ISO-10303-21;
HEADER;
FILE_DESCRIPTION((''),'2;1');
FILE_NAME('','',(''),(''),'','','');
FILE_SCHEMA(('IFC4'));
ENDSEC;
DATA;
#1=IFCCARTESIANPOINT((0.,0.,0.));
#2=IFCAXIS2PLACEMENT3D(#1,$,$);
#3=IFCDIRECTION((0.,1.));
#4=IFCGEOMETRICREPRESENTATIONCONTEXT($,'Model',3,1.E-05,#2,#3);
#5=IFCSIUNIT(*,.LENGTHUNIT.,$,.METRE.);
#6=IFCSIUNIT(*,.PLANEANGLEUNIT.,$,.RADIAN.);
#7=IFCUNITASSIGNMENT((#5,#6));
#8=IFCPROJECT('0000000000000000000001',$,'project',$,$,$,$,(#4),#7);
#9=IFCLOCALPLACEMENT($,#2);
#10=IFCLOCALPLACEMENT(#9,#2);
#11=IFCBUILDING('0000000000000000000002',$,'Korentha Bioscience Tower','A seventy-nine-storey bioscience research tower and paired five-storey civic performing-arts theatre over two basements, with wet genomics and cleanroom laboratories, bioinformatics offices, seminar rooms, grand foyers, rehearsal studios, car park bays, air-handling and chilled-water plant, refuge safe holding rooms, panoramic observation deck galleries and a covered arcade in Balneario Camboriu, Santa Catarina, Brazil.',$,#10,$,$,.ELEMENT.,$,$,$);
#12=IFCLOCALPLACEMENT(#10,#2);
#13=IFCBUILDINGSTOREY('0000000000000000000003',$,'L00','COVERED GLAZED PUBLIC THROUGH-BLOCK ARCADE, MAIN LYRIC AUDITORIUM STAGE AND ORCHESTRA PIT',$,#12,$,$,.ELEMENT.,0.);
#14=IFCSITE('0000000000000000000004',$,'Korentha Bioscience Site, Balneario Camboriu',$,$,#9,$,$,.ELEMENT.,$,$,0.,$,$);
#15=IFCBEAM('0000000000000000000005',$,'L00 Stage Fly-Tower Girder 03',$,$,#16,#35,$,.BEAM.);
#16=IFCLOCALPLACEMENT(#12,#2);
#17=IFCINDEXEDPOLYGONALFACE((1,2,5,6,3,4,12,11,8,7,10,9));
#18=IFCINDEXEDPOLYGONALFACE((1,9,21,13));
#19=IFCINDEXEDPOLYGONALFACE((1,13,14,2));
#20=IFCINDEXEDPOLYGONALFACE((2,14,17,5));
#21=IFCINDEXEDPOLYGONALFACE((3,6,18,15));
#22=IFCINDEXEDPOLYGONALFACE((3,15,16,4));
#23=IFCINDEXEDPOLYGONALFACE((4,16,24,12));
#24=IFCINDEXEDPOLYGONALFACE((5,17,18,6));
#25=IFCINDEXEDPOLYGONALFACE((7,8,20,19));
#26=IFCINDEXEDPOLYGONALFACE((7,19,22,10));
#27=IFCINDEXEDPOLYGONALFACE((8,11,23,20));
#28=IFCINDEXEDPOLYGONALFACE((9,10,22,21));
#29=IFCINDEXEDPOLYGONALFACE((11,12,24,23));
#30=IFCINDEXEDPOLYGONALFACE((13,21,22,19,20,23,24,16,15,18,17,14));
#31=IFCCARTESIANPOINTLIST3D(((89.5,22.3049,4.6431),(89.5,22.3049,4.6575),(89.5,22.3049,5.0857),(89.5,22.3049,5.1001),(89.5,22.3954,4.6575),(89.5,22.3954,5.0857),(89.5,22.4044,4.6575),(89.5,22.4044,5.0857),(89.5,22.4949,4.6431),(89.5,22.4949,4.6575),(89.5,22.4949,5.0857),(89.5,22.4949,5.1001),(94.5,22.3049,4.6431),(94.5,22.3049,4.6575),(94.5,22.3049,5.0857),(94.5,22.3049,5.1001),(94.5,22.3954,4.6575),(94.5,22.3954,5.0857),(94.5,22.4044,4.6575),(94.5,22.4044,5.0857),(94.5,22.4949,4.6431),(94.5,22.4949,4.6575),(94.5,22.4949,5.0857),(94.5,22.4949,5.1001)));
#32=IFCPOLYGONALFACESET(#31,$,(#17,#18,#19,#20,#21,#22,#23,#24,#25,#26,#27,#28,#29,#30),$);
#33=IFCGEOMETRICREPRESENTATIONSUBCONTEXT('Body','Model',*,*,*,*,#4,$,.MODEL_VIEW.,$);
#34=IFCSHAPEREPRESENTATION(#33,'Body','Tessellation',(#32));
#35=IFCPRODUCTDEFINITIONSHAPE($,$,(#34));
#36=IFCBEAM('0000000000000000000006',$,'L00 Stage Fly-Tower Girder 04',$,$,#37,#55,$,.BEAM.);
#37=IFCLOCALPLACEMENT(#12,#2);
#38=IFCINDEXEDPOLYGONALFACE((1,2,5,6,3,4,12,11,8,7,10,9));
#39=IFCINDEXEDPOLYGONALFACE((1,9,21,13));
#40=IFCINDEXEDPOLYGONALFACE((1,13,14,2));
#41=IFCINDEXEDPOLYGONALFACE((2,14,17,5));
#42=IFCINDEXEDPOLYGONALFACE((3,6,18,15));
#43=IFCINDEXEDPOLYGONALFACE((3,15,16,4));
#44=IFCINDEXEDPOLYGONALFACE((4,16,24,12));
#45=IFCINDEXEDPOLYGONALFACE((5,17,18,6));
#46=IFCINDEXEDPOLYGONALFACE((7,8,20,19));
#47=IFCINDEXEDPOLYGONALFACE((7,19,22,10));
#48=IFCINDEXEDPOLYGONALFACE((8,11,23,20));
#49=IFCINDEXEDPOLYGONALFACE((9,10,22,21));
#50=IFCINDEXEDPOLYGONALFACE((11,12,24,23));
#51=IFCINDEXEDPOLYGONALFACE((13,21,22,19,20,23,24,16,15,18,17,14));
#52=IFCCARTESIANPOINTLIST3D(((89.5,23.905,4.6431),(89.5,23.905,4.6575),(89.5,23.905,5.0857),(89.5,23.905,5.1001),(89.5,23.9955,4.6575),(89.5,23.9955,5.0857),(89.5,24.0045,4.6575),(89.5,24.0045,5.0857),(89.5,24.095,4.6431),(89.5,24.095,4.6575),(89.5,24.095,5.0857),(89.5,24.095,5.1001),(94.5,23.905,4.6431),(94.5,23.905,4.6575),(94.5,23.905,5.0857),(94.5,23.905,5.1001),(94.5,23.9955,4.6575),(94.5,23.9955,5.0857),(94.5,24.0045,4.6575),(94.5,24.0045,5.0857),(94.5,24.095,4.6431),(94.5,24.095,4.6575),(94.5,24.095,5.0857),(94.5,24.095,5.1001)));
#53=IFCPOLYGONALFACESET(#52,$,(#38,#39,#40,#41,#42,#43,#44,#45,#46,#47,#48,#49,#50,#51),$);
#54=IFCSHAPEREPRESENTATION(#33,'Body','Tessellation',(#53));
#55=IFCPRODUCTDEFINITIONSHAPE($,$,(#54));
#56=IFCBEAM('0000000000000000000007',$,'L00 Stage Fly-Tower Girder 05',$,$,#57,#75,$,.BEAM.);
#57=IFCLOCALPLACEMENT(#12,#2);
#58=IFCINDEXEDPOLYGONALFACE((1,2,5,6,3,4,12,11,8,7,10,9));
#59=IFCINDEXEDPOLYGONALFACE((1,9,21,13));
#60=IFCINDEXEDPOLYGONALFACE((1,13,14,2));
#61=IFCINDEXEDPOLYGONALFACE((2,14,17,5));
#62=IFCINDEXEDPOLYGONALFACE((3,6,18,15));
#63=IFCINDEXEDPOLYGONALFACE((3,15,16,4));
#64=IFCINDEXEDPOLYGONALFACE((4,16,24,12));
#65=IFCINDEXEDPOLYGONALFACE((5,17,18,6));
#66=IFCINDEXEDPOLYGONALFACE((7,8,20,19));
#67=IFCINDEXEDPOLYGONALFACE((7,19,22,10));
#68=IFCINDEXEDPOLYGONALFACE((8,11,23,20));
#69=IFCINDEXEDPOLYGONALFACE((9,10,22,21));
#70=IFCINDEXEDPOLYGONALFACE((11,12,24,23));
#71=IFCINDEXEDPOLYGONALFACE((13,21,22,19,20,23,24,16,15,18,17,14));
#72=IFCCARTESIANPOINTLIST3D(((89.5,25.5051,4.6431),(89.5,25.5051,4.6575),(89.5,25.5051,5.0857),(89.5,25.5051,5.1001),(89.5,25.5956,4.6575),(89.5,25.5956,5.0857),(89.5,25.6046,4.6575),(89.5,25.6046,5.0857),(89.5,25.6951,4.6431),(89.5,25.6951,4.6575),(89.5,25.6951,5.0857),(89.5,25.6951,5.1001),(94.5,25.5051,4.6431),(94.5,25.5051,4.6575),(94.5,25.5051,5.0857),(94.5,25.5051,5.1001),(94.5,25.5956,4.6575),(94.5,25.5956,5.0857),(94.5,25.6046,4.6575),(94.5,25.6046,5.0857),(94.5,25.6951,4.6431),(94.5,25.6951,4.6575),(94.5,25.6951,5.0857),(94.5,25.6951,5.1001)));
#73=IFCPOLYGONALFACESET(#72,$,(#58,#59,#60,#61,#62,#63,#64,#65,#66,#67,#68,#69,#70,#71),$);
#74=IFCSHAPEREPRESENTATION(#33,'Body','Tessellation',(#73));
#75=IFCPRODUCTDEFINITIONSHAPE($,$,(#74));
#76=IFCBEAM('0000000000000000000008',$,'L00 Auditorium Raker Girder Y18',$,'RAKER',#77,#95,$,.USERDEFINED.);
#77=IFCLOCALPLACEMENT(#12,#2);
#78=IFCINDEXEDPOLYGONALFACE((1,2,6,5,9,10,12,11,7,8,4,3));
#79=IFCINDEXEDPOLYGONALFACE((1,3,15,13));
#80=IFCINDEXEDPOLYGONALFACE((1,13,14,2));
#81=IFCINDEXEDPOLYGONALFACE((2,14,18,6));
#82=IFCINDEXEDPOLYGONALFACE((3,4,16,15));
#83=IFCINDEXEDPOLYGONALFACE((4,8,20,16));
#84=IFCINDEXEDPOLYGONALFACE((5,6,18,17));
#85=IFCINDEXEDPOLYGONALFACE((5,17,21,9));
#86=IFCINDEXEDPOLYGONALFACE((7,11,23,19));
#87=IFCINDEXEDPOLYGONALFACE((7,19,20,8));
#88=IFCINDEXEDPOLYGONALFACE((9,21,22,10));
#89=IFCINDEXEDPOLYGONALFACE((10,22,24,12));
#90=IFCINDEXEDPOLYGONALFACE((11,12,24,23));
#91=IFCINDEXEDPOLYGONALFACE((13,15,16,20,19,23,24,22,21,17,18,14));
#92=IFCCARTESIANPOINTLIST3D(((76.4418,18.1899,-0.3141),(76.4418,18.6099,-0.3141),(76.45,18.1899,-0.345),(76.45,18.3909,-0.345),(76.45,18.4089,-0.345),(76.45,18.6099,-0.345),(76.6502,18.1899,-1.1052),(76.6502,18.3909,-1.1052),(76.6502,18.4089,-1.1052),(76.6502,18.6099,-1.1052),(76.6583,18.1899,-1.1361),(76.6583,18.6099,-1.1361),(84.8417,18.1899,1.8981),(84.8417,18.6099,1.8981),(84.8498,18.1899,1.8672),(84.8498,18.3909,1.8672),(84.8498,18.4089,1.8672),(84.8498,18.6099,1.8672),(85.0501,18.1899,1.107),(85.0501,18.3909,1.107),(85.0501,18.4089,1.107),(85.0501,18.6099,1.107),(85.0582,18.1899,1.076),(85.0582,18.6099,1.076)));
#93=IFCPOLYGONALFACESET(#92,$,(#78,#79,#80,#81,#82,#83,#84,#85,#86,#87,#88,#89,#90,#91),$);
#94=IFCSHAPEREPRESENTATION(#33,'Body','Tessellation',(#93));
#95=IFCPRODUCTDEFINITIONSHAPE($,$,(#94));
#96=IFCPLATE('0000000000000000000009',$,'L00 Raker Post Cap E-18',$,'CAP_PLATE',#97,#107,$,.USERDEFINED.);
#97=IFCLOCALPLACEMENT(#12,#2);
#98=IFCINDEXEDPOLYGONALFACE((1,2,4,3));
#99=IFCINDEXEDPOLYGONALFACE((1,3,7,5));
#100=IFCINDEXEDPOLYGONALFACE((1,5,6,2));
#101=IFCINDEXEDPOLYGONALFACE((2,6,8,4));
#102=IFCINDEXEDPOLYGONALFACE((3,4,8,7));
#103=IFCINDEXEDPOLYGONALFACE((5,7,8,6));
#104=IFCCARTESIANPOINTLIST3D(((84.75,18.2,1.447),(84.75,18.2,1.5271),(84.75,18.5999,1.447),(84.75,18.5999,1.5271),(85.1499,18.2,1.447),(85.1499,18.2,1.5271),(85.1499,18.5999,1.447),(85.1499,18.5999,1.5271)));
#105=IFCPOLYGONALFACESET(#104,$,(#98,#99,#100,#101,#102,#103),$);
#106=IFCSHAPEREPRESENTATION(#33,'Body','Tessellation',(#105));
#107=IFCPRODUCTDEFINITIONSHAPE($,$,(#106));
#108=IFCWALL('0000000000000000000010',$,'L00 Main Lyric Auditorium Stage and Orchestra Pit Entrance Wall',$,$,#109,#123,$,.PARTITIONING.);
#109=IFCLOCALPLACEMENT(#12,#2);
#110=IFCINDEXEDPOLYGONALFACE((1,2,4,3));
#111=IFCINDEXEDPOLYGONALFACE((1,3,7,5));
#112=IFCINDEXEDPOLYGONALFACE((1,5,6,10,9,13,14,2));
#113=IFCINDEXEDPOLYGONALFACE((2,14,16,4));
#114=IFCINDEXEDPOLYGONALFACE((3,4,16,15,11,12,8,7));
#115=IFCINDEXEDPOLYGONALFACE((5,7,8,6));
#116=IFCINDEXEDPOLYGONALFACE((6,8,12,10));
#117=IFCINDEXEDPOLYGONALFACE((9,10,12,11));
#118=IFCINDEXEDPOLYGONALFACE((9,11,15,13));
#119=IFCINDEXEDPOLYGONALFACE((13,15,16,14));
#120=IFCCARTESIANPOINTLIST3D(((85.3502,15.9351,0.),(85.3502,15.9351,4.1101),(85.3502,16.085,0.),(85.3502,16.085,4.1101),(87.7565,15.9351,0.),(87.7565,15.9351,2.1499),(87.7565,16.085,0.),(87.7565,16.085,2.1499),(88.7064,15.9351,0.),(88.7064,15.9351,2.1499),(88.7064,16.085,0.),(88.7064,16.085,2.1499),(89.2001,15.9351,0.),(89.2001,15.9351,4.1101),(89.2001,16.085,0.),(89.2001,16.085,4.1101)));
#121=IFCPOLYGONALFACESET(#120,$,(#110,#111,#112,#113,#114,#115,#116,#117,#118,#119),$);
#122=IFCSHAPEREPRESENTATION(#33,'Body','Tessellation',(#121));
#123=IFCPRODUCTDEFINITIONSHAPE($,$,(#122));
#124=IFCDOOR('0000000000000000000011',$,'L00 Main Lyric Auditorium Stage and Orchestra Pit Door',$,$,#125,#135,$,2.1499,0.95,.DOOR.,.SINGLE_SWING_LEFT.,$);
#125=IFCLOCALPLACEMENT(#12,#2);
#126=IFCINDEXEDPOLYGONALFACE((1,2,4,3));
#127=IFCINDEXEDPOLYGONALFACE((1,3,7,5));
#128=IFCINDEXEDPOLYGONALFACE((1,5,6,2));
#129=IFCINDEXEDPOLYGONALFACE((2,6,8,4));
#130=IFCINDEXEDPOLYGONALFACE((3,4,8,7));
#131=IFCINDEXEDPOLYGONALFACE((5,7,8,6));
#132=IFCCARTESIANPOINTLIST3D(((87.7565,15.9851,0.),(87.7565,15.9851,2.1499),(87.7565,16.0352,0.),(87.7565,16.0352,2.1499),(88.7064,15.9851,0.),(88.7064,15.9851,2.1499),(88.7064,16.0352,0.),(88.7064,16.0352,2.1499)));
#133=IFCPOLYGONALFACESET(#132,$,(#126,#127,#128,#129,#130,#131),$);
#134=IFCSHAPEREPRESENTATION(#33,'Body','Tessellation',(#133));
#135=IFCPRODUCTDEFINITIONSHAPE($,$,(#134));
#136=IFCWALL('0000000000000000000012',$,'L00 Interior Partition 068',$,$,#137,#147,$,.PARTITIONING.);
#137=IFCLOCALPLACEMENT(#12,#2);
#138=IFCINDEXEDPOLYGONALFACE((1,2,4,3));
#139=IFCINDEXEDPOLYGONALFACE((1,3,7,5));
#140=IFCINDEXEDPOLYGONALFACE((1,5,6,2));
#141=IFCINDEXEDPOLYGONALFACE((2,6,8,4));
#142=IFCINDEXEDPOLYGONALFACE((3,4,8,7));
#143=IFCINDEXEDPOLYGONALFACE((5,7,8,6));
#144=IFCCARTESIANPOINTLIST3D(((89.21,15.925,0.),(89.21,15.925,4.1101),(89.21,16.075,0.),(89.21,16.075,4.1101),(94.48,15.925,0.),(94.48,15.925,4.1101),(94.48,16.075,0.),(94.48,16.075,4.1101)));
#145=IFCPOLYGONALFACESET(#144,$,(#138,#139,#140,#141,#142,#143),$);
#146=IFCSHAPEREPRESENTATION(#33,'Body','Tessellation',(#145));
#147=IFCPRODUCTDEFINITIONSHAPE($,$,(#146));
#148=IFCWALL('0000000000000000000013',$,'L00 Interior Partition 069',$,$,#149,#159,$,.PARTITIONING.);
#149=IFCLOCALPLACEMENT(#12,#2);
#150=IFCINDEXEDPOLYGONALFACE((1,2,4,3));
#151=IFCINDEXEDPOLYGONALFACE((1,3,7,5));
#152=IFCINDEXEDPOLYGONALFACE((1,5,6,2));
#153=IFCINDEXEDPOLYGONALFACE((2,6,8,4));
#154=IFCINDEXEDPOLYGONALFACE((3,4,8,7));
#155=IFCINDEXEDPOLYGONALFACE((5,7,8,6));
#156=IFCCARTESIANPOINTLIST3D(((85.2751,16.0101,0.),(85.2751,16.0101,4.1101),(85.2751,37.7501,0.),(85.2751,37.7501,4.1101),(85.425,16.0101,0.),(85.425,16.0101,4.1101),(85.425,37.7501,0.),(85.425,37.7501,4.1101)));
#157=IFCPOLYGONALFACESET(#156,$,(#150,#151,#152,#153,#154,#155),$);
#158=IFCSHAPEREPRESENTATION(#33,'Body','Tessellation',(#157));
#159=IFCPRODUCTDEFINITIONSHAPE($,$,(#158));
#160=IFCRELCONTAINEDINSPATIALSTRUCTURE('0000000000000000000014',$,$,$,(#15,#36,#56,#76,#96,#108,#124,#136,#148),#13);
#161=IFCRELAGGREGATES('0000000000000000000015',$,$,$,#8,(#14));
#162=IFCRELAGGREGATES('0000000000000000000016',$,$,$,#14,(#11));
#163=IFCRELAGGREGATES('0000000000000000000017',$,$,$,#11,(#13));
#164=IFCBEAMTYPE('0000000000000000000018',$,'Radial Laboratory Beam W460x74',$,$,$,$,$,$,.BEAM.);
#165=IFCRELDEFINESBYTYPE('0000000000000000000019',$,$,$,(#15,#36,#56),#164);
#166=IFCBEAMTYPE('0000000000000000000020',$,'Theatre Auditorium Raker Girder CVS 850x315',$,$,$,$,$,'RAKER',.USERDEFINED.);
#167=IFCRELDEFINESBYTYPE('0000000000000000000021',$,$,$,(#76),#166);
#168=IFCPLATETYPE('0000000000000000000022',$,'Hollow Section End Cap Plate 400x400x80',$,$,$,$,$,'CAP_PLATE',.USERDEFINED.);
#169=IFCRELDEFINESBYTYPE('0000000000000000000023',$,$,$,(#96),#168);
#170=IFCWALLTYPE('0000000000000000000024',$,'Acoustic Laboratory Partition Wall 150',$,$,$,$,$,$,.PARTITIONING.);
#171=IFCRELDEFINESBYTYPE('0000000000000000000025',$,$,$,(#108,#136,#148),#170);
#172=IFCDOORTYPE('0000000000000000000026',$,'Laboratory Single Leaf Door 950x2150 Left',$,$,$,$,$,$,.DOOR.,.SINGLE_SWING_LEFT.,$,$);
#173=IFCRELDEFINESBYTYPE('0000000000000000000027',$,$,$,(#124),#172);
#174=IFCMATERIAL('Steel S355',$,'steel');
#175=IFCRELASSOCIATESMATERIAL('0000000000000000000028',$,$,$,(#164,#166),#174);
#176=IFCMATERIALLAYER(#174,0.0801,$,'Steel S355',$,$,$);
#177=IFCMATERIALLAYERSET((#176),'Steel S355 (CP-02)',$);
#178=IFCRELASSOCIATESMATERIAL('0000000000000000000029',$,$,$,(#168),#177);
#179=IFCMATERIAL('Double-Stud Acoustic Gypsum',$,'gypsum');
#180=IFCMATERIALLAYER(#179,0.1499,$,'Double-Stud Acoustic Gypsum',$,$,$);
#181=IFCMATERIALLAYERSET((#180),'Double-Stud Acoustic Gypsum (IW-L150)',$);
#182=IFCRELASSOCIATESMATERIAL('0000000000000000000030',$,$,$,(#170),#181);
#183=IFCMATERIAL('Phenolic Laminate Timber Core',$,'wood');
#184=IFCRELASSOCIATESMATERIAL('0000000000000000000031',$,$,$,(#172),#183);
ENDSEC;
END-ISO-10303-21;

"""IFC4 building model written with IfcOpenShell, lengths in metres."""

from ifc_helpers import new_model, si_unit, direction, frame, frame_2d, origin, origin_2d, place, context, subcontext, project, spatial, rectangle, i_section, extrude, material, layer, layer_set, material_profile, profile_set, type_object, element, fill, save


model = new_model("IFC4")

# Units and contexts
model_context = context("Model", 3, precision=1e-05, world=origin(), true_north=direction((0.0, 1.0)))
body_context = subcontext(model_context, "Body", "Model", "MODEL_VIEW")
ifc_project = project(units=[si_unit("LENGTHUNIT", "METRE"), si_unit("PLANEANGLEUNIT", "RADIAN")], contexts=[model_context])

# Site, building, storey
site_placement = place(None, origin())
site = spatial("IfcSite", under=ifc_project, at=site_placement, Name="Korentha Bioscience Site, Balneario Camboriu", CompositionType="ELEMENT", RefElevation=0.0)
building_placement = place(site_placement, origin())
building = spatial("IfcBuilding", under=site, at=building_placement, Name="Korentha Bioscience Tower", Description="A seventy-nine-storey bioscience research tower and paired five-storey civic performing-arts theatre over two basements, with wet genomics and cleanroom laboratories, bioinformatics offices, seminar rooms, grand foyers, rehearsal studios, car park bays, air-handling and chilled-water plant, refuge safe holding rooms, panoramic observation deck galleries and a covered arcade in Balneario Camboriu, Santa Catarina, Brazil.", CompositionType="ELEMENT")
storey_placement = place(building_placement, origin())
storey = spatial("IfcBuildingStorey", under=building, at=storey_placement, Name="L00", Description="COVERED GLAZED PUBLIC THROUGH-BLOCK ARCADE, MAIN LYRIC AUDITORIUM STAGE AND ORCHESTRA PIT", CompositionType="ELEMENT", Elevation=0.0)

# Shared definitions
ifc_material_1 = material(Name="Steel S355", Category="steel")

# Beams
ifc_material_profile_1 = material_profile(ifc_material_1, i_section(OverallWidth=0.1899, OverallDepth=0.457, WebThickness=0.009, FlangeThickness=0.0144, at=origin_2d()), Name="Steel S355")
ifc_profile_set_1 = profile_set([ifc_material_profile_1], Name="Steel S355 (RB-460)")
beam_type_1 = type_object("IfcBeamType", Name="Radial Laboratory Beam W460x74", PredefinedType="BEAM", material=ifc_profile_set_1)
for number, where, z_axis, x_axis, name in (
    (1, (89.5, 22.3999, 4.8716), (1.0, 0.0, 0.0), (0.0, 1.0, 0.0), "L00 Stage Fly-Tower Girder 03"),
    (2, (89.5, 24.0, 4.8716), (1.0, 0.0, 0.0), (0.0, 1.0, 0.0), "L00 Stage Fly-Tower Girder 04"),
    (3, (89.5, 25.6001, 4.8716), (1.0, 0.0, 0.0), (0.0, 1.0, 0.0), "L00 Stage Fly-Tower Girder 05"),
):
    element("IfcBeam", number, at=place(storey_placement, frame(where, z_axis=z_axis, x_axis=x_axis)), inside=storey, type_object=beam_type_1, Name=name, PredefinedType="BEAM", context=body_context, shape_type="SweptSolid", body=[
        extrude(i_section(OverallWidth=0.1899, OverallDepth=0.457, WebThickness=0.009, FlangeThickness=0.0144, at=origin_2d()), origin(), (0.0, 0.0, 1.0), 5.0),
    ])
ifc_material_profile_2 = material_profile(ifc_material_1, i_section(OverallWidth=0.4199, OverallDepth=0.8501, WebThickness=0.0181, FlangeThickness=0.032, at=origin_2d()), Name="Steel S355")
ifc_profile_set_2 = profile_set([ifc_material_profile_2], Name="Steel S355 (TR-850)")
beam_type_2 = type_object("IfcBeamType", Name="Theatre Auditorium Raker Girder CVS 850x315", ElementType="RAKER", PredefinedType="USERDEFINED", material=ifc_profile_set_2)
beam_1_placement = place(storey_placement, frame((84.95, 18.3999, 1.4871), z_axis=(-0.967028, 0.0, -0.254672), x_axis=(0.0, -1.0, 0.0)))
element("IfcBeam", 4, at=beam_1_placement, inside=storey, type_object=beam_type_2, Name="L00 Auditorium Raker Girder Y18", ObjectType="RAKER", PredefinedType="USERDEFINED", context=body_context, shape_type="SweptSolid", body=[
    extrude(i_section(OverallWidth=0.4199, OverallDepth=0.8501, WebThickness=0.0181, FlangeThickness=0.032, at=origin_2d()), origin(), (0.0, 0.0, 1.0), 8.6863),
])

# Plate
ifc_layer_1 = layer(ifc_material_1, 0.0801, Name="Steel S355")
ifc_layer_set_1 = layer_set([ifc_layer_1], Name="Steel S355 (CP-02)")
plate_type = type_object("IfcPlateType", Name="Hollow Section End Cap Plate 400x400x80", ElementType="CAP_PLATE", PredefinedType="USERDEFINED", material=ifc_layer_set_1)
plate_placement = place(storey_placement, frame((84.95, 18.3999, 1.447), z_axis=(0.0, 0.0, 1.0), x_axis=(1.0, 0.0, 0.0)))
element("IfcPlate", 5, at=plate_placement, inside=storey, type_object=plate_type, Name="L00 Raker Post Cap E-18", ObjectType="CAP_PLATE", PredefinedType="USERDEFINED", context=body_context, shape_type="SweptSolid", body=[
    extrude(rectangle(XDim=0.3999, YDim=0.3999, at=origin_2d()), origin(), (0.0, 0.0, 1.0), 0.0801),
])

# Wall, opening, door
ifc_material_2 = material(Name="Double-Stud Acoustic Gypsum", Category="gypsum")
ifc_layer_2 = layer(ifc_material_2, 0.1499, Name="Double-Stud Acoustic Gypsum")
ifc_layer_set_2 = layer_set([ifc_layer_2], Name="Double-Stud Acoustic Gypsum (IW-L150)")
wall_type = type_object("IfcWallType", Name="Acoustic Laboratory Partition Wall 150", PredefinedType="PARTITIONING", material=ifc_layer_set_2)
wall_1_placement = place(storey_placement, frame((89.2, 16.01, 0.0), z_axis=(0.0, 0.0, 1.0), x_axis=(-1.0, 0.0, 0.0)))
wall_1 = element("IfcWall", 6, at=wall_1_placement, inside=storey, type_object=wall_type, Name="L00 Main Lyric Auditorium Stage and Orchestra Pit Entrance Wall", PredefinedType="PARTITIONING", context=body_context, shape_type="SweptSolid", body=[
    extrude(rectangle(XDim=3.8499, YDim=0.1499, at=frame_2d((1.9248, 0.0))), origin(), (0.0, 0.0, 1.0), 4.1101),
])
opening_placement = place(wall_1_placement, frame((0.4934, 0.0, 0.0)))
opening = element("IfcOpeningElement", 7, at=opening_placement, cuts=wall_1, PredefinedType="OPENING", context=body_context, shape_type="SweptSolid", body=[
    extrude(rectangle(XDim=0.95, YDim=2.1499, at=frame_2d((0.4751, 1.075))), frame((0.0, 0.0898, 0.0), z_axis=(0.0, -1.0, 0.0), x_axis=(1.0, 0.0, 0.0)), (0.0, 0.0, 1.0), 0.1797),
])
ifc_material_3 = material(Name="Phenolic Laminate Timber Core", Category="wood")
door_type = type_object("IfcDoorType", Name="Laboratory Single Leaf Door 950x2150 Left", OperationType="SINGLE_SWING_LEFT", PredefinedType="DOOR", material=ifc_material_3)
door_placement = place(opening_placement, origin())
door = element("IfcDoor", 8, at=door_placement, inside=storey, type_object=door_type, Name="L00 Main Lyric Auditorium Stage and Orchestra Pit Door", OperationType="SINGLE_SWING_LEFT", OverallHeight=2.1499, OverallWidth=0.95, PredefinedType="DOOR", context=body_context, shape_type="SweptSolid", body=[
    extrude(rectangle(XDim=0.95, YDim=2.1499, at=frame_2d((0.4751, 1.075))), frame((0.0, 0.0249, 0.0), z_axis=(0.0, -1.0, 0.0), x_axis=(1.0, 0.0, 0.0)), (0.0, 0.0, 1.0), 0.05),
])
fill(opening, door)

# Walls
wall_2_placement = place(storey_placement, frame((94.48, 16.0, 0.0), z_axis=(0.0, 0.0, 1.0), x_axis=(-1.0, 0.0, 0.0)))
element("IfcWall", 9, at=wall_2_placement, inside=storey, type_object=wall_type, Name="L00 Interior Partition 068", PredefinedType="PARTITIONING", context=body_context, shape_type="SweptSolid", body=[
    extrude(rectangle(XDim=5.27, YDim=0.1499, at=frame_2d((2.635, 0.0))), origin(), (0.0, 0.0, 1.0), 4.1101),
])
wall_3_placement = place(storey_placement, frame((85.3501, 16.01, 0.0), z_axis=(0.0, 0.0, 1.0), x_axis=(0.0, 1.0, 0.0)))
element("IfcWall", 10, at=wall_3_placement, inside=storey, type_object=wall_type, Name="L00 Interior Partition 069", PredefinedType="PARTITIONING", context=body_context, shape_type="SweptSolid", body=[
    extrude(rectangle(XDim=21.74, YDim=0.1499, at=frame_2d((10.8701, 0.0))), origin(), (0.0, 0.0, 1.0), 4.1101),
])

save(model, "model.ifc")
